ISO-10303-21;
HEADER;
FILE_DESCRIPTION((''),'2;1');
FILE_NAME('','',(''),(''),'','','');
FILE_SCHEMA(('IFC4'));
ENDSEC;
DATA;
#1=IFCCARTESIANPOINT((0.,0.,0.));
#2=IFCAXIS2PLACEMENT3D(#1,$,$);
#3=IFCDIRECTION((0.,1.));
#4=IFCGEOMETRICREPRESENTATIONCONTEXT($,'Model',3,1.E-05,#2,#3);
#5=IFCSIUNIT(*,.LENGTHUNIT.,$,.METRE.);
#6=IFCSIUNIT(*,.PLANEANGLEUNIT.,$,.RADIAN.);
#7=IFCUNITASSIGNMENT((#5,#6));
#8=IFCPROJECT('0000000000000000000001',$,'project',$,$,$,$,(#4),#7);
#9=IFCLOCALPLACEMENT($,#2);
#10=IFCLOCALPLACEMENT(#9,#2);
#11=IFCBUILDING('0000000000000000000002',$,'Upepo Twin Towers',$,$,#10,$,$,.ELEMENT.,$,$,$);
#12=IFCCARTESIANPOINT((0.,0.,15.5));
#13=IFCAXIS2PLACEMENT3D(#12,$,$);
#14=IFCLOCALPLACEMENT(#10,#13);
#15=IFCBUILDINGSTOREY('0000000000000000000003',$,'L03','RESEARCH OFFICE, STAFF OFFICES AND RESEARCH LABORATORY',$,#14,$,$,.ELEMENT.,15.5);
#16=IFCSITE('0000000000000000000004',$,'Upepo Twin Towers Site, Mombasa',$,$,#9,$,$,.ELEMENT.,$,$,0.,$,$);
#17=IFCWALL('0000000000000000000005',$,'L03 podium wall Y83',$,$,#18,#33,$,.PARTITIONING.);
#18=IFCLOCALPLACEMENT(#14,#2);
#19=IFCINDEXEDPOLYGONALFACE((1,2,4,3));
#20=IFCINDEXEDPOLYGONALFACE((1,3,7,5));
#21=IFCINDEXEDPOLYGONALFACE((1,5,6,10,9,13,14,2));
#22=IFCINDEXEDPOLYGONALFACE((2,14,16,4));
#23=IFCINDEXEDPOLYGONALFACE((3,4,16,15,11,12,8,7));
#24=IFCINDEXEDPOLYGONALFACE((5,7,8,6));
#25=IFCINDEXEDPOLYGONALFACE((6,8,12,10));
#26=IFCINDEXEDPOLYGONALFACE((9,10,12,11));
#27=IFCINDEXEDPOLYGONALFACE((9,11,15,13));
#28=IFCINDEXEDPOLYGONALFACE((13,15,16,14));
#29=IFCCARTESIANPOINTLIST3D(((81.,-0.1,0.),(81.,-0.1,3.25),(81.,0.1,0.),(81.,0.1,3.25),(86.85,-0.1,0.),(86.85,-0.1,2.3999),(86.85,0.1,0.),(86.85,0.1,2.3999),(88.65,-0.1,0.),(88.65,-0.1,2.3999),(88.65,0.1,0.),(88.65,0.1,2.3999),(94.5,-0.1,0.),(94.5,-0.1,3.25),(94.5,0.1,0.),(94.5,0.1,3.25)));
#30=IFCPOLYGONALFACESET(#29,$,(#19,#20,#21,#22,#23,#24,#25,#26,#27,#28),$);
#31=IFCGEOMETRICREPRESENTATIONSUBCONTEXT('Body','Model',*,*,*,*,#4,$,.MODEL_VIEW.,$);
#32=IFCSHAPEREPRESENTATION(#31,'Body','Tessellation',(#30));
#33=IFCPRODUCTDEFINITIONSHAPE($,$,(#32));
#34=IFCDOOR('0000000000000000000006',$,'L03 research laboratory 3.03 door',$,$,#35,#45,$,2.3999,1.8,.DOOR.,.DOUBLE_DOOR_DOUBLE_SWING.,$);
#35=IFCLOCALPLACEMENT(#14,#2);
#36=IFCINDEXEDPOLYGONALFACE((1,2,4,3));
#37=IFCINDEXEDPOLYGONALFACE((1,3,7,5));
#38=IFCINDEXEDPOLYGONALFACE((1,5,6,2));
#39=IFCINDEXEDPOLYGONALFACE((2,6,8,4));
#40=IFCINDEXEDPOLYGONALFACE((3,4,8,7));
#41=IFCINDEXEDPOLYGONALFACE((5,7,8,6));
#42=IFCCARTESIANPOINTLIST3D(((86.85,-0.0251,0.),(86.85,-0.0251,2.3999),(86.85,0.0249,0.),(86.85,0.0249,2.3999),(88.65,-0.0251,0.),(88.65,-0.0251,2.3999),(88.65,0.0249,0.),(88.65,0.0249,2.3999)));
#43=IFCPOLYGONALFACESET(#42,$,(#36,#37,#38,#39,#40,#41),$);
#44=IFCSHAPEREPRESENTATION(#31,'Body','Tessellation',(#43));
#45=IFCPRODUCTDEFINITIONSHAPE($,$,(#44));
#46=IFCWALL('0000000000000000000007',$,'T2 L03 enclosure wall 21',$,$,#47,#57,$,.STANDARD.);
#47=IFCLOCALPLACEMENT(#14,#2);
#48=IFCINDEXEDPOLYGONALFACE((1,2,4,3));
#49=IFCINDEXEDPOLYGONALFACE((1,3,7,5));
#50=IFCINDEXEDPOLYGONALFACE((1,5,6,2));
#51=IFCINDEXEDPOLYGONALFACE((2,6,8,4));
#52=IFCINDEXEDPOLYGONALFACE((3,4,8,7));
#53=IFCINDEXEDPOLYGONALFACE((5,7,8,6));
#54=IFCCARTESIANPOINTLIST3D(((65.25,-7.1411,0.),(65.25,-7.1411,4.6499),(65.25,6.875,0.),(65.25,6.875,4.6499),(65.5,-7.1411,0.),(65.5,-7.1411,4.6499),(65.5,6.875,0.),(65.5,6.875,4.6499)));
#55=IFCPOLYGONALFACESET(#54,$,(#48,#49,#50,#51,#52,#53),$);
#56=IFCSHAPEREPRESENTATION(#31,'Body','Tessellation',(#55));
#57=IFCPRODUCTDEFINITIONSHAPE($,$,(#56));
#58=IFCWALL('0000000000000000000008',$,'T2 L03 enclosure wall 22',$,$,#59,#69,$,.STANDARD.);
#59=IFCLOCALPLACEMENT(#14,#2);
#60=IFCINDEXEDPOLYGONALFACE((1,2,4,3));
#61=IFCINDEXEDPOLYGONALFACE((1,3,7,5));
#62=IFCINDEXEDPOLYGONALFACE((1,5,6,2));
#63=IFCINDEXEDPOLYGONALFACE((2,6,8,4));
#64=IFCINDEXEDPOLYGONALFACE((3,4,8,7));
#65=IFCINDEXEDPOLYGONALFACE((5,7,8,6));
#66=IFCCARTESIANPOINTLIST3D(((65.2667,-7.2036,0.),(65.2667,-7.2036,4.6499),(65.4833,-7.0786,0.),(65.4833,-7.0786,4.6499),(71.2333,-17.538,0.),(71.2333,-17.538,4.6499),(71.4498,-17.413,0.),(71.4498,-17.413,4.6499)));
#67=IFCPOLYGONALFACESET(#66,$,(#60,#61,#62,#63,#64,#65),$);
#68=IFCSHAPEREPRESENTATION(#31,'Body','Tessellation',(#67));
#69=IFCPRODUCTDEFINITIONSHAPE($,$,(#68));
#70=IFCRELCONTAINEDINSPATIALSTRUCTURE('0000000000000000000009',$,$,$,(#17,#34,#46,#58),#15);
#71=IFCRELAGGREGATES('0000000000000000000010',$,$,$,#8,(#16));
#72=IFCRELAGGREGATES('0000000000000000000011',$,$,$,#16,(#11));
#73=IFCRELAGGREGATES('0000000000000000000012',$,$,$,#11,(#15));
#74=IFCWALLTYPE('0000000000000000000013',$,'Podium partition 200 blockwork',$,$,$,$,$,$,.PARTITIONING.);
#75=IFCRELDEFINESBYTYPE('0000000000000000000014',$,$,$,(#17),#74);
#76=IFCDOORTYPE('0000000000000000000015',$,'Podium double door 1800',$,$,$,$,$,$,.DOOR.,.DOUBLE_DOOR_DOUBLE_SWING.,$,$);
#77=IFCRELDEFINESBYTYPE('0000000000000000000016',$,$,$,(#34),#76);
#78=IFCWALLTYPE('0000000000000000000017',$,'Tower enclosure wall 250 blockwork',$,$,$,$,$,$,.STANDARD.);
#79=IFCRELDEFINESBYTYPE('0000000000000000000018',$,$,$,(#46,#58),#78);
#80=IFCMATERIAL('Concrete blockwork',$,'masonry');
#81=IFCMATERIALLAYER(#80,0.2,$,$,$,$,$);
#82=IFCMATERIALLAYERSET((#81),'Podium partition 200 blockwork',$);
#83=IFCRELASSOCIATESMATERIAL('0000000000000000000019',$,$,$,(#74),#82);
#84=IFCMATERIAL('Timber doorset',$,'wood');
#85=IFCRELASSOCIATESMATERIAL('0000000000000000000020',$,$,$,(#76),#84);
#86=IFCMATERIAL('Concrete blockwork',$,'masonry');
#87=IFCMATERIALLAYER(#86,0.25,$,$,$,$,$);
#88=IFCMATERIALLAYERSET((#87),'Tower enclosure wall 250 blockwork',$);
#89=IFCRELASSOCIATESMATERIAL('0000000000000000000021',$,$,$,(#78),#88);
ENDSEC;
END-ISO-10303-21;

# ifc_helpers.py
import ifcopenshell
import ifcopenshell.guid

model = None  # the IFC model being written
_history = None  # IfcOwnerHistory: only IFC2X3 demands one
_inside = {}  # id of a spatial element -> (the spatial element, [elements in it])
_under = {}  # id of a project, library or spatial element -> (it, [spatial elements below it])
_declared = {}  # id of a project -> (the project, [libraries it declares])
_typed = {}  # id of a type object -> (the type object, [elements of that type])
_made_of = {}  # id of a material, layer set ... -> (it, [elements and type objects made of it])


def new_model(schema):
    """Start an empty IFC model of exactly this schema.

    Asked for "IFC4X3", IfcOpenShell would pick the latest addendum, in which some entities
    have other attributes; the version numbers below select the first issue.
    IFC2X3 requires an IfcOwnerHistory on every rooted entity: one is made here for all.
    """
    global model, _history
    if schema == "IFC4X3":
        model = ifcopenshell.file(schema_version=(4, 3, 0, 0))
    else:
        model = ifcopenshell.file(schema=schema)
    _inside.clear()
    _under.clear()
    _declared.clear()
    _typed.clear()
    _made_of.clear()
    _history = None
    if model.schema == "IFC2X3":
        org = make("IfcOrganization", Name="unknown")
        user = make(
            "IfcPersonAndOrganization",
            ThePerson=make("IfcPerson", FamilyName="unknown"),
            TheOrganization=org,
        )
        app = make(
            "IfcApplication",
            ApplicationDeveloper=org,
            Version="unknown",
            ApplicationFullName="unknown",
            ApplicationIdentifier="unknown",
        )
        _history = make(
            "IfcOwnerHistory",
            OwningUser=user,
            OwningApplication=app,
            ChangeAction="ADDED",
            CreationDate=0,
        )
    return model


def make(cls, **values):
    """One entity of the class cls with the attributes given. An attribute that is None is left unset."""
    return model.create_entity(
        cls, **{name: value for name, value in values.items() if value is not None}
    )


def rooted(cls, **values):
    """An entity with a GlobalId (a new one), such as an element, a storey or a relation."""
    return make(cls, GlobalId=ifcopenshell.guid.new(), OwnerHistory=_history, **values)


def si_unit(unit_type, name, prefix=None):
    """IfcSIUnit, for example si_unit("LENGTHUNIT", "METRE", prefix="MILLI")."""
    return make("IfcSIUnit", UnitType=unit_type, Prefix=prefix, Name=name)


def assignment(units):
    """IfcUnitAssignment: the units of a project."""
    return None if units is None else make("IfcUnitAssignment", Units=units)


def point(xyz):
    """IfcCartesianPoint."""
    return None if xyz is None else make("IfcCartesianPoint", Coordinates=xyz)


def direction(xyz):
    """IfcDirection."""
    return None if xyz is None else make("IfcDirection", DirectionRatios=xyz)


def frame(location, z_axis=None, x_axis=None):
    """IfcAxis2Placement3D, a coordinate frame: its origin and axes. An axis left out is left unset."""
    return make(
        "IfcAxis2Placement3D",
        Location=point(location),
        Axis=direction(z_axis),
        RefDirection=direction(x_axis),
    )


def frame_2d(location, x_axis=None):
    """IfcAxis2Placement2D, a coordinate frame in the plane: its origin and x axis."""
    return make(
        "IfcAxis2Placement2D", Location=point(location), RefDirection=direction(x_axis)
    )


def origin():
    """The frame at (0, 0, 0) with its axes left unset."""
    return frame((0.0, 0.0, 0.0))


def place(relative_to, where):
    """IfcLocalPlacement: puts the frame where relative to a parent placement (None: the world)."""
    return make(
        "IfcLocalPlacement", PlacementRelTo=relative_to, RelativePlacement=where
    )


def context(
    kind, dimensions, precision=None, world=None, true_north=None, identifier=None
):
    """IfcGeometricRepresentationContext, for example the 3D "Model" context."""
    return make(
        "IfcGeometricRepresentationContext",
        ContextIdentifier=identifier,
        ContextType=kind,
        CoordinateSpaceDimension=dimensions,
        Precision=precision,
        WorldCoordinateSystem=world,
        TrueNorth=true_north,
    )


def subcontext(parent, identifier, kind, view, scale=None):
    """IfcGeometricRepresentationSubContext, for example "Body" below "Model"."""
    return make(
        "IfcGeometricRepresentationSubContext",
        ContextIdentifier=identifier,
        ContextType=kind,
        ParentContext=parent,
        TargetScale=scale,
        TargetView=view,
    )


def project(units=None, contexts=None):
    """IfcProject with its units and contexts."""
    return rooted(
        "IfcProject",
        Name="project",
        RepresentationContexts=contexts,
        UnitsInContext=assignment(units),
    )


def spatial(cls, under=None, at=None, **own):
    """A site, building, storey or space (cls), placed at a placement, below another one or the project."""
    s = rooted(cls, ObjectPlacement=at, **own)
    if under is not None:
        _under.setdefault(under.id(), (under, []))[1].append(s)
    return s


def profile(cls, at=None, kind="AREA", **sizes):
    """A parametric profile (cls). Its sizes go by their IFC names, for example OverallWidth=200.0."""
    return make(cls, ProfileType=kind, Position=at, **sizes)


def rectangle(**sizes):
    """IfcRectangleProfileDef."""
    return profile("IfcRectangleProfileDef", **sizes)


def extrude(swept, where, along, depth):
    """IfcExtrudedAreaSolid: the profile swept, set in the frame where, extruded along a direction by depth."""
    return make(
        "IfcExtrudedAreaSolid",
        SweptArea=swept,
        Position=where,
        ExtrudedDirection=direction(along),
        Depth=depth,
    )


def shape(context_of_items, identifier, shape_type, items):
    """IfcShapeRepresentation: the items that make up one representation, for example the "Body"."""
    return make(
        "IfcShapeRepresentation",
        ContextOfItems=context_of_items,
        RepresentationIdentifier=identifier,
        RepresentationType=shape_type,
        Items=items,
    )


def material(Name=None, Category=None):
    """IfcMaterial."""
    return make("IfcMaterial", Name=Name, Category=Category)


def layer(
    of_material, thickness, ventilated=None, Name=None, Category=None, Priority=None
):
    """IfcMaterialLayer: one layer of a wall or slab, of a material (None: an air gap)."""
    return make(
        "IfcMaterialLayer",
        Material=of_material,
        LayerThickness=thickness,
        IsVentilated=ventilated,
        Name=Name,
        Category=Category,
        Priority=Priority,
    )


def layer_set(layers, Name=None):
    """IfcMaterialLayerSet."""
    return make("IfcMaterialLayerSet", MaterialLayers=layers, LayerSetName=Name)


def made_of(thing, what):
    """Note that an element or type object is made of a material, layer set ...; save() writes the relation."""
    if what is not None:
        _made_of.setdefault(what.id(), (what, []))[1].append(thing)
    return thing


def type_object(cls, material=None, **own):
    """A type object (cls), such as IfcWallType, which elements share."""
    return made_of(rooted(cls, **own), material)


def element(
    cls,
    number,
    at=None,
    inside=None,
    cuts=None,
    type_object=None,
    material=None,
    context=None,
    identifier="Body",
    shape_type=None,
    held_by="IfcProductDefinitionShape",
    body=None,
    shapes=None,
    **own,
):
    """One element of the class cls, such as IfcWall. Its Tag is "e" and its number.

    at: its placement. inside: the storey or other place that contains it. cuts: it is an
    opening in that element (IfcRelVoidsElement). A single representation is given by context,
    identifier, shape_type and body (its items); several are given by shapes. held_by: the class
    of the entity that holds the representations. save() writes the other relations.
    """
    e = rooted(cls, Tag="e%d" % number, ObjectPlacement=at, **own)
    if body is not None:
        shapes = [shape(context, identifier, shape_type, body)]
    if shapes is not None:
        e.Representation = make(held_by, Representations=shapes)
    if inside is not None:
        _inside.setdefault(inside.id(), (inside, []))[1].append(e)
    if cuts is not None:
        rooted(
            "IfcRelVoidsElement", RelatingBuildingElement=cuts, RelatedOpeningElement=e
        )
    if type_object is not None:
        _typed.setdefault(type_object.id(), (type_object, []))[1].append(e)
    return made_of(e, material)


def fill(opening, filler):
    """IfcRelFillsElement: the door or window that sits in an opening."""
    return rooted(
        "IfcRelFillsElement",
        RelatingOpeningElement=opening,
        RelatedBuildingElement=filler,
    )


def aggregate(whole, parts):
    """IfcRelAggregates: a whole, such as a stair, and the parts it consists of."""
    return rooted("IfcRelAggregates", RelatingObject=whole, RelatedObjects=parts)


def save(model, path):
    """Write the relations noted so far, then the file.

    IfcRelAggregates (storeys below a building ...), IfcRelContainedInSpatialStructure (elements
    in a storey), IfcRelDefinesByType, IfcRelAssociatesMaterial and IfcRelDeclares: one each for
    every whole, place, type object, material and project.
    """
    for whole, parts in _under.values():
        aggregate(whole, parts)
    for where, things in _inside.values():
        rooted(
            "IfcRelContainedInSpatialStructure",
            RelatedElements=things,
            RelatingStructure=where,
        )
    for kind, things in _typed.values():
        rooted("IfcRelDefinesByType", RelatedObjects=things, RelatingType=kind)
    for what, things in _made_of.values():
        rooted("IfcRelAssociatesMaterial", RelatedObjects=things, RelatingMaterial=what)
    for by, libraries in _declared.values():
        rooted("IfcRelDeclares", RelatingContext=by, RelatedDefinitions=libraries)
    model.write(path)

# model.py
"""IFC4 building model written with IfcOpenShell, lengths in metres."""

from ifc_helpers import new_model, si_unit, direction, frame, frame_2d, origin, place, context, subcontext, project, spatial, rectangle, extrude, material, layer, layer_set, type_object, element, fill, save


model = new_model("IFC4")

# Units and contexts
model_context = context("Model", 3, precision=1e-05, world=origin(), true_north=direction((0.0, 1.0)))
body_context = subcontext(model_context, "Body", "Model", "MODEL_VIEW")
ifc_project = project(units=[si_unit("LENGTHUNIT", "METRE"), si_unit("PLANEANGLEUNIT", "RADIAN")], contexts=[model_context])

# Site, building, storey
site_placement = place(None, origin())
site = spatial("IfcSite", under=ifc_project, at=site_placement, Name="Upepo Twin Towers Site, Mombasa", CompositionType="ELEMENT", RefElevation=0.0)
building_placement = place(site_placement, origin())
building = spatial("IfcBuilding", under=site, at=building_placement, Name="Upepo Twin Towers", CompositionType="ELEMENT")
storey_placement = place(building_placement, frame((0.0, 0.0, 15.5)))
storey = spatial("IfcBuildingStorey", under=building, at=storey_placement, Name="L03", Description="RESEARCH OFFICE, STAFF OFFICES AND RESEARCH LABORATORY", CompositionType="ELEMENT", Elevation=15.5)

# Shared definitions
ifc_material_1 = material(Name="Concrete blockwork", Category="masonry")
ifc_layer_1 = layer(ifc_material_1, 0.2)
ifc_layer_set_1 = layer_set([ifc_layer_1], Name="Podium partition 200 blockwork")
wall_type_1 = type_object("IfcWallType", Name="Podium partition 200 blockwork", PredefinedType="PARTITIONING", material=ifc_layer_set_1)

# Shared definitions
ifc_material_2 = material(Name="Timber doorset", Category="wood")
door_type = type_object("IfcDoorType", Name="Podium double door 1800", OperationType="DOUBLE_DOOR_DOUBLE_SWING", PredefinedType="DOOR", material=ifc_material_2)

# Wall, opening, door
wall_1_placement = place(storey_placement, frame((81.0, 0.0, 0.0), z_axis=(0.0, 0.0, 1.0), x_axis=(1.0, 0.0, 0.0)))
wall_1 = element("IfcWall", 1, at=wall_1_placement, inside=storey, type_object=wall_type_1, Name="L03 podium wall Y83", PredefinedType="PARTITIONING", context=body_context, shape_type="SweptSolid", body=[
    extrude(rectangle(XDim=13.5, YDim=0.2, at=frame_2d((6.75, 0.0))), origin(), (0.0, 0.0, 1.0), 3.25),
])
opening_1_placement = place(wall_1_placement, frame((5.8501, 0.0, 0.0)))
opening_1 = element("IfcOpeningElement", 2, at=opening_1_placement, cuts=wall_1, PredefinedType="OPENING", context=body_context, shape_type="SweptSolid", body=[
    extrude(rectangle(XDim=1.8, YDim=2.3999, at=frame_2d((0.8999, 1.2))), frame((0.0, 0.1099, 0.0), z_axis=(0.0, -1.0, 0.0), x_axis=(1.0, 0.0, 0.0)), (0.0, 0.0, 1.0), 0.22),
])
door_1_placement = place(opening_1_placement, origin())
door_1 = element("IfcDoor", 3, at=door_1_placement, inside=storey, type_object=door_type, Name="L03 research laboratory 3.03 door", OperationType="DOUBLE_DOOR_DOUBLE_SWING", OverallHeight=2.3999, OverallWidth=1.8, PredefinedType="DOOR", context=body_context, shape_type="SweptSolid", body=[
    extrude(rectangle(XDim=1.8, YDim=2.3999, at=frame_2d((0.8999, 1.2))), frame((0.0, 0.0249, 0.0), z_axis=(0.0, -1.0, 0.0), x_axis=(1.0, 0.0, 0.0)), (0.0, 0.0, 1.0), 0.05),
])
fill(opening_1, door_1)

# Walls
ifc_material_3 = material(Name="Concrete blockwork", Category="masonry")
ifc_layer_2 = layer(ifc_material_3, 0.25)
ifc_layer_set_2 = layer_set([ifc_layer_2], Name="Tower enclosure wall 250 blockwork")
wall_type_2 = type_object("IfcWallType", Name="Tower enclosure wall 250 blockwork", PredefinedType="STANDARD", material=ifc_layer_set_2)
wall_2_placement = place(storey_placement, frame((65.375, 6.875, 0.0), z_axis=(0.0, 0.0, 1.0), x_axis=(0.0, -1.0, 0.0)))
element("IfcWall", 4, at=wall_2_placement, inside=storey, type_object=wall_type_2, Name="T2 L03 enclosure wall 21", PredefinedType="STANDARD", context=body_context, shape_type="SweptSolid", body=[
    extrude(rectangle(XDim=14.0161, YDim=0.25, at=frame_2d((7.0081, 0.0))), origin(), (0.0, 0.0, 1.0), 4.6499),
])
wall_3_placement = place(storey_placement, frame((65.375, -7.1411, 0.0), z_axis=(0.0, 0.0, 1.0), x_axis=(0.499996, -0.866028, 0.0)))
element("IfcWall", 5, at=wall_3_placement, inside=storey, type_object=wall_type_2, Name="T2 L03 enclosure wall 22", PredefinedType="STANDARD", context=body_context, shape_type="SweptSolid", body=[
    extrude(rectangle(XDim=11.9331, YDim=0.25, at=frame_2d((5.9666, 0.0))), origin(), (0.0, 0.0, 1.0), 4.6499),
])

save(model, "model.ifc")
